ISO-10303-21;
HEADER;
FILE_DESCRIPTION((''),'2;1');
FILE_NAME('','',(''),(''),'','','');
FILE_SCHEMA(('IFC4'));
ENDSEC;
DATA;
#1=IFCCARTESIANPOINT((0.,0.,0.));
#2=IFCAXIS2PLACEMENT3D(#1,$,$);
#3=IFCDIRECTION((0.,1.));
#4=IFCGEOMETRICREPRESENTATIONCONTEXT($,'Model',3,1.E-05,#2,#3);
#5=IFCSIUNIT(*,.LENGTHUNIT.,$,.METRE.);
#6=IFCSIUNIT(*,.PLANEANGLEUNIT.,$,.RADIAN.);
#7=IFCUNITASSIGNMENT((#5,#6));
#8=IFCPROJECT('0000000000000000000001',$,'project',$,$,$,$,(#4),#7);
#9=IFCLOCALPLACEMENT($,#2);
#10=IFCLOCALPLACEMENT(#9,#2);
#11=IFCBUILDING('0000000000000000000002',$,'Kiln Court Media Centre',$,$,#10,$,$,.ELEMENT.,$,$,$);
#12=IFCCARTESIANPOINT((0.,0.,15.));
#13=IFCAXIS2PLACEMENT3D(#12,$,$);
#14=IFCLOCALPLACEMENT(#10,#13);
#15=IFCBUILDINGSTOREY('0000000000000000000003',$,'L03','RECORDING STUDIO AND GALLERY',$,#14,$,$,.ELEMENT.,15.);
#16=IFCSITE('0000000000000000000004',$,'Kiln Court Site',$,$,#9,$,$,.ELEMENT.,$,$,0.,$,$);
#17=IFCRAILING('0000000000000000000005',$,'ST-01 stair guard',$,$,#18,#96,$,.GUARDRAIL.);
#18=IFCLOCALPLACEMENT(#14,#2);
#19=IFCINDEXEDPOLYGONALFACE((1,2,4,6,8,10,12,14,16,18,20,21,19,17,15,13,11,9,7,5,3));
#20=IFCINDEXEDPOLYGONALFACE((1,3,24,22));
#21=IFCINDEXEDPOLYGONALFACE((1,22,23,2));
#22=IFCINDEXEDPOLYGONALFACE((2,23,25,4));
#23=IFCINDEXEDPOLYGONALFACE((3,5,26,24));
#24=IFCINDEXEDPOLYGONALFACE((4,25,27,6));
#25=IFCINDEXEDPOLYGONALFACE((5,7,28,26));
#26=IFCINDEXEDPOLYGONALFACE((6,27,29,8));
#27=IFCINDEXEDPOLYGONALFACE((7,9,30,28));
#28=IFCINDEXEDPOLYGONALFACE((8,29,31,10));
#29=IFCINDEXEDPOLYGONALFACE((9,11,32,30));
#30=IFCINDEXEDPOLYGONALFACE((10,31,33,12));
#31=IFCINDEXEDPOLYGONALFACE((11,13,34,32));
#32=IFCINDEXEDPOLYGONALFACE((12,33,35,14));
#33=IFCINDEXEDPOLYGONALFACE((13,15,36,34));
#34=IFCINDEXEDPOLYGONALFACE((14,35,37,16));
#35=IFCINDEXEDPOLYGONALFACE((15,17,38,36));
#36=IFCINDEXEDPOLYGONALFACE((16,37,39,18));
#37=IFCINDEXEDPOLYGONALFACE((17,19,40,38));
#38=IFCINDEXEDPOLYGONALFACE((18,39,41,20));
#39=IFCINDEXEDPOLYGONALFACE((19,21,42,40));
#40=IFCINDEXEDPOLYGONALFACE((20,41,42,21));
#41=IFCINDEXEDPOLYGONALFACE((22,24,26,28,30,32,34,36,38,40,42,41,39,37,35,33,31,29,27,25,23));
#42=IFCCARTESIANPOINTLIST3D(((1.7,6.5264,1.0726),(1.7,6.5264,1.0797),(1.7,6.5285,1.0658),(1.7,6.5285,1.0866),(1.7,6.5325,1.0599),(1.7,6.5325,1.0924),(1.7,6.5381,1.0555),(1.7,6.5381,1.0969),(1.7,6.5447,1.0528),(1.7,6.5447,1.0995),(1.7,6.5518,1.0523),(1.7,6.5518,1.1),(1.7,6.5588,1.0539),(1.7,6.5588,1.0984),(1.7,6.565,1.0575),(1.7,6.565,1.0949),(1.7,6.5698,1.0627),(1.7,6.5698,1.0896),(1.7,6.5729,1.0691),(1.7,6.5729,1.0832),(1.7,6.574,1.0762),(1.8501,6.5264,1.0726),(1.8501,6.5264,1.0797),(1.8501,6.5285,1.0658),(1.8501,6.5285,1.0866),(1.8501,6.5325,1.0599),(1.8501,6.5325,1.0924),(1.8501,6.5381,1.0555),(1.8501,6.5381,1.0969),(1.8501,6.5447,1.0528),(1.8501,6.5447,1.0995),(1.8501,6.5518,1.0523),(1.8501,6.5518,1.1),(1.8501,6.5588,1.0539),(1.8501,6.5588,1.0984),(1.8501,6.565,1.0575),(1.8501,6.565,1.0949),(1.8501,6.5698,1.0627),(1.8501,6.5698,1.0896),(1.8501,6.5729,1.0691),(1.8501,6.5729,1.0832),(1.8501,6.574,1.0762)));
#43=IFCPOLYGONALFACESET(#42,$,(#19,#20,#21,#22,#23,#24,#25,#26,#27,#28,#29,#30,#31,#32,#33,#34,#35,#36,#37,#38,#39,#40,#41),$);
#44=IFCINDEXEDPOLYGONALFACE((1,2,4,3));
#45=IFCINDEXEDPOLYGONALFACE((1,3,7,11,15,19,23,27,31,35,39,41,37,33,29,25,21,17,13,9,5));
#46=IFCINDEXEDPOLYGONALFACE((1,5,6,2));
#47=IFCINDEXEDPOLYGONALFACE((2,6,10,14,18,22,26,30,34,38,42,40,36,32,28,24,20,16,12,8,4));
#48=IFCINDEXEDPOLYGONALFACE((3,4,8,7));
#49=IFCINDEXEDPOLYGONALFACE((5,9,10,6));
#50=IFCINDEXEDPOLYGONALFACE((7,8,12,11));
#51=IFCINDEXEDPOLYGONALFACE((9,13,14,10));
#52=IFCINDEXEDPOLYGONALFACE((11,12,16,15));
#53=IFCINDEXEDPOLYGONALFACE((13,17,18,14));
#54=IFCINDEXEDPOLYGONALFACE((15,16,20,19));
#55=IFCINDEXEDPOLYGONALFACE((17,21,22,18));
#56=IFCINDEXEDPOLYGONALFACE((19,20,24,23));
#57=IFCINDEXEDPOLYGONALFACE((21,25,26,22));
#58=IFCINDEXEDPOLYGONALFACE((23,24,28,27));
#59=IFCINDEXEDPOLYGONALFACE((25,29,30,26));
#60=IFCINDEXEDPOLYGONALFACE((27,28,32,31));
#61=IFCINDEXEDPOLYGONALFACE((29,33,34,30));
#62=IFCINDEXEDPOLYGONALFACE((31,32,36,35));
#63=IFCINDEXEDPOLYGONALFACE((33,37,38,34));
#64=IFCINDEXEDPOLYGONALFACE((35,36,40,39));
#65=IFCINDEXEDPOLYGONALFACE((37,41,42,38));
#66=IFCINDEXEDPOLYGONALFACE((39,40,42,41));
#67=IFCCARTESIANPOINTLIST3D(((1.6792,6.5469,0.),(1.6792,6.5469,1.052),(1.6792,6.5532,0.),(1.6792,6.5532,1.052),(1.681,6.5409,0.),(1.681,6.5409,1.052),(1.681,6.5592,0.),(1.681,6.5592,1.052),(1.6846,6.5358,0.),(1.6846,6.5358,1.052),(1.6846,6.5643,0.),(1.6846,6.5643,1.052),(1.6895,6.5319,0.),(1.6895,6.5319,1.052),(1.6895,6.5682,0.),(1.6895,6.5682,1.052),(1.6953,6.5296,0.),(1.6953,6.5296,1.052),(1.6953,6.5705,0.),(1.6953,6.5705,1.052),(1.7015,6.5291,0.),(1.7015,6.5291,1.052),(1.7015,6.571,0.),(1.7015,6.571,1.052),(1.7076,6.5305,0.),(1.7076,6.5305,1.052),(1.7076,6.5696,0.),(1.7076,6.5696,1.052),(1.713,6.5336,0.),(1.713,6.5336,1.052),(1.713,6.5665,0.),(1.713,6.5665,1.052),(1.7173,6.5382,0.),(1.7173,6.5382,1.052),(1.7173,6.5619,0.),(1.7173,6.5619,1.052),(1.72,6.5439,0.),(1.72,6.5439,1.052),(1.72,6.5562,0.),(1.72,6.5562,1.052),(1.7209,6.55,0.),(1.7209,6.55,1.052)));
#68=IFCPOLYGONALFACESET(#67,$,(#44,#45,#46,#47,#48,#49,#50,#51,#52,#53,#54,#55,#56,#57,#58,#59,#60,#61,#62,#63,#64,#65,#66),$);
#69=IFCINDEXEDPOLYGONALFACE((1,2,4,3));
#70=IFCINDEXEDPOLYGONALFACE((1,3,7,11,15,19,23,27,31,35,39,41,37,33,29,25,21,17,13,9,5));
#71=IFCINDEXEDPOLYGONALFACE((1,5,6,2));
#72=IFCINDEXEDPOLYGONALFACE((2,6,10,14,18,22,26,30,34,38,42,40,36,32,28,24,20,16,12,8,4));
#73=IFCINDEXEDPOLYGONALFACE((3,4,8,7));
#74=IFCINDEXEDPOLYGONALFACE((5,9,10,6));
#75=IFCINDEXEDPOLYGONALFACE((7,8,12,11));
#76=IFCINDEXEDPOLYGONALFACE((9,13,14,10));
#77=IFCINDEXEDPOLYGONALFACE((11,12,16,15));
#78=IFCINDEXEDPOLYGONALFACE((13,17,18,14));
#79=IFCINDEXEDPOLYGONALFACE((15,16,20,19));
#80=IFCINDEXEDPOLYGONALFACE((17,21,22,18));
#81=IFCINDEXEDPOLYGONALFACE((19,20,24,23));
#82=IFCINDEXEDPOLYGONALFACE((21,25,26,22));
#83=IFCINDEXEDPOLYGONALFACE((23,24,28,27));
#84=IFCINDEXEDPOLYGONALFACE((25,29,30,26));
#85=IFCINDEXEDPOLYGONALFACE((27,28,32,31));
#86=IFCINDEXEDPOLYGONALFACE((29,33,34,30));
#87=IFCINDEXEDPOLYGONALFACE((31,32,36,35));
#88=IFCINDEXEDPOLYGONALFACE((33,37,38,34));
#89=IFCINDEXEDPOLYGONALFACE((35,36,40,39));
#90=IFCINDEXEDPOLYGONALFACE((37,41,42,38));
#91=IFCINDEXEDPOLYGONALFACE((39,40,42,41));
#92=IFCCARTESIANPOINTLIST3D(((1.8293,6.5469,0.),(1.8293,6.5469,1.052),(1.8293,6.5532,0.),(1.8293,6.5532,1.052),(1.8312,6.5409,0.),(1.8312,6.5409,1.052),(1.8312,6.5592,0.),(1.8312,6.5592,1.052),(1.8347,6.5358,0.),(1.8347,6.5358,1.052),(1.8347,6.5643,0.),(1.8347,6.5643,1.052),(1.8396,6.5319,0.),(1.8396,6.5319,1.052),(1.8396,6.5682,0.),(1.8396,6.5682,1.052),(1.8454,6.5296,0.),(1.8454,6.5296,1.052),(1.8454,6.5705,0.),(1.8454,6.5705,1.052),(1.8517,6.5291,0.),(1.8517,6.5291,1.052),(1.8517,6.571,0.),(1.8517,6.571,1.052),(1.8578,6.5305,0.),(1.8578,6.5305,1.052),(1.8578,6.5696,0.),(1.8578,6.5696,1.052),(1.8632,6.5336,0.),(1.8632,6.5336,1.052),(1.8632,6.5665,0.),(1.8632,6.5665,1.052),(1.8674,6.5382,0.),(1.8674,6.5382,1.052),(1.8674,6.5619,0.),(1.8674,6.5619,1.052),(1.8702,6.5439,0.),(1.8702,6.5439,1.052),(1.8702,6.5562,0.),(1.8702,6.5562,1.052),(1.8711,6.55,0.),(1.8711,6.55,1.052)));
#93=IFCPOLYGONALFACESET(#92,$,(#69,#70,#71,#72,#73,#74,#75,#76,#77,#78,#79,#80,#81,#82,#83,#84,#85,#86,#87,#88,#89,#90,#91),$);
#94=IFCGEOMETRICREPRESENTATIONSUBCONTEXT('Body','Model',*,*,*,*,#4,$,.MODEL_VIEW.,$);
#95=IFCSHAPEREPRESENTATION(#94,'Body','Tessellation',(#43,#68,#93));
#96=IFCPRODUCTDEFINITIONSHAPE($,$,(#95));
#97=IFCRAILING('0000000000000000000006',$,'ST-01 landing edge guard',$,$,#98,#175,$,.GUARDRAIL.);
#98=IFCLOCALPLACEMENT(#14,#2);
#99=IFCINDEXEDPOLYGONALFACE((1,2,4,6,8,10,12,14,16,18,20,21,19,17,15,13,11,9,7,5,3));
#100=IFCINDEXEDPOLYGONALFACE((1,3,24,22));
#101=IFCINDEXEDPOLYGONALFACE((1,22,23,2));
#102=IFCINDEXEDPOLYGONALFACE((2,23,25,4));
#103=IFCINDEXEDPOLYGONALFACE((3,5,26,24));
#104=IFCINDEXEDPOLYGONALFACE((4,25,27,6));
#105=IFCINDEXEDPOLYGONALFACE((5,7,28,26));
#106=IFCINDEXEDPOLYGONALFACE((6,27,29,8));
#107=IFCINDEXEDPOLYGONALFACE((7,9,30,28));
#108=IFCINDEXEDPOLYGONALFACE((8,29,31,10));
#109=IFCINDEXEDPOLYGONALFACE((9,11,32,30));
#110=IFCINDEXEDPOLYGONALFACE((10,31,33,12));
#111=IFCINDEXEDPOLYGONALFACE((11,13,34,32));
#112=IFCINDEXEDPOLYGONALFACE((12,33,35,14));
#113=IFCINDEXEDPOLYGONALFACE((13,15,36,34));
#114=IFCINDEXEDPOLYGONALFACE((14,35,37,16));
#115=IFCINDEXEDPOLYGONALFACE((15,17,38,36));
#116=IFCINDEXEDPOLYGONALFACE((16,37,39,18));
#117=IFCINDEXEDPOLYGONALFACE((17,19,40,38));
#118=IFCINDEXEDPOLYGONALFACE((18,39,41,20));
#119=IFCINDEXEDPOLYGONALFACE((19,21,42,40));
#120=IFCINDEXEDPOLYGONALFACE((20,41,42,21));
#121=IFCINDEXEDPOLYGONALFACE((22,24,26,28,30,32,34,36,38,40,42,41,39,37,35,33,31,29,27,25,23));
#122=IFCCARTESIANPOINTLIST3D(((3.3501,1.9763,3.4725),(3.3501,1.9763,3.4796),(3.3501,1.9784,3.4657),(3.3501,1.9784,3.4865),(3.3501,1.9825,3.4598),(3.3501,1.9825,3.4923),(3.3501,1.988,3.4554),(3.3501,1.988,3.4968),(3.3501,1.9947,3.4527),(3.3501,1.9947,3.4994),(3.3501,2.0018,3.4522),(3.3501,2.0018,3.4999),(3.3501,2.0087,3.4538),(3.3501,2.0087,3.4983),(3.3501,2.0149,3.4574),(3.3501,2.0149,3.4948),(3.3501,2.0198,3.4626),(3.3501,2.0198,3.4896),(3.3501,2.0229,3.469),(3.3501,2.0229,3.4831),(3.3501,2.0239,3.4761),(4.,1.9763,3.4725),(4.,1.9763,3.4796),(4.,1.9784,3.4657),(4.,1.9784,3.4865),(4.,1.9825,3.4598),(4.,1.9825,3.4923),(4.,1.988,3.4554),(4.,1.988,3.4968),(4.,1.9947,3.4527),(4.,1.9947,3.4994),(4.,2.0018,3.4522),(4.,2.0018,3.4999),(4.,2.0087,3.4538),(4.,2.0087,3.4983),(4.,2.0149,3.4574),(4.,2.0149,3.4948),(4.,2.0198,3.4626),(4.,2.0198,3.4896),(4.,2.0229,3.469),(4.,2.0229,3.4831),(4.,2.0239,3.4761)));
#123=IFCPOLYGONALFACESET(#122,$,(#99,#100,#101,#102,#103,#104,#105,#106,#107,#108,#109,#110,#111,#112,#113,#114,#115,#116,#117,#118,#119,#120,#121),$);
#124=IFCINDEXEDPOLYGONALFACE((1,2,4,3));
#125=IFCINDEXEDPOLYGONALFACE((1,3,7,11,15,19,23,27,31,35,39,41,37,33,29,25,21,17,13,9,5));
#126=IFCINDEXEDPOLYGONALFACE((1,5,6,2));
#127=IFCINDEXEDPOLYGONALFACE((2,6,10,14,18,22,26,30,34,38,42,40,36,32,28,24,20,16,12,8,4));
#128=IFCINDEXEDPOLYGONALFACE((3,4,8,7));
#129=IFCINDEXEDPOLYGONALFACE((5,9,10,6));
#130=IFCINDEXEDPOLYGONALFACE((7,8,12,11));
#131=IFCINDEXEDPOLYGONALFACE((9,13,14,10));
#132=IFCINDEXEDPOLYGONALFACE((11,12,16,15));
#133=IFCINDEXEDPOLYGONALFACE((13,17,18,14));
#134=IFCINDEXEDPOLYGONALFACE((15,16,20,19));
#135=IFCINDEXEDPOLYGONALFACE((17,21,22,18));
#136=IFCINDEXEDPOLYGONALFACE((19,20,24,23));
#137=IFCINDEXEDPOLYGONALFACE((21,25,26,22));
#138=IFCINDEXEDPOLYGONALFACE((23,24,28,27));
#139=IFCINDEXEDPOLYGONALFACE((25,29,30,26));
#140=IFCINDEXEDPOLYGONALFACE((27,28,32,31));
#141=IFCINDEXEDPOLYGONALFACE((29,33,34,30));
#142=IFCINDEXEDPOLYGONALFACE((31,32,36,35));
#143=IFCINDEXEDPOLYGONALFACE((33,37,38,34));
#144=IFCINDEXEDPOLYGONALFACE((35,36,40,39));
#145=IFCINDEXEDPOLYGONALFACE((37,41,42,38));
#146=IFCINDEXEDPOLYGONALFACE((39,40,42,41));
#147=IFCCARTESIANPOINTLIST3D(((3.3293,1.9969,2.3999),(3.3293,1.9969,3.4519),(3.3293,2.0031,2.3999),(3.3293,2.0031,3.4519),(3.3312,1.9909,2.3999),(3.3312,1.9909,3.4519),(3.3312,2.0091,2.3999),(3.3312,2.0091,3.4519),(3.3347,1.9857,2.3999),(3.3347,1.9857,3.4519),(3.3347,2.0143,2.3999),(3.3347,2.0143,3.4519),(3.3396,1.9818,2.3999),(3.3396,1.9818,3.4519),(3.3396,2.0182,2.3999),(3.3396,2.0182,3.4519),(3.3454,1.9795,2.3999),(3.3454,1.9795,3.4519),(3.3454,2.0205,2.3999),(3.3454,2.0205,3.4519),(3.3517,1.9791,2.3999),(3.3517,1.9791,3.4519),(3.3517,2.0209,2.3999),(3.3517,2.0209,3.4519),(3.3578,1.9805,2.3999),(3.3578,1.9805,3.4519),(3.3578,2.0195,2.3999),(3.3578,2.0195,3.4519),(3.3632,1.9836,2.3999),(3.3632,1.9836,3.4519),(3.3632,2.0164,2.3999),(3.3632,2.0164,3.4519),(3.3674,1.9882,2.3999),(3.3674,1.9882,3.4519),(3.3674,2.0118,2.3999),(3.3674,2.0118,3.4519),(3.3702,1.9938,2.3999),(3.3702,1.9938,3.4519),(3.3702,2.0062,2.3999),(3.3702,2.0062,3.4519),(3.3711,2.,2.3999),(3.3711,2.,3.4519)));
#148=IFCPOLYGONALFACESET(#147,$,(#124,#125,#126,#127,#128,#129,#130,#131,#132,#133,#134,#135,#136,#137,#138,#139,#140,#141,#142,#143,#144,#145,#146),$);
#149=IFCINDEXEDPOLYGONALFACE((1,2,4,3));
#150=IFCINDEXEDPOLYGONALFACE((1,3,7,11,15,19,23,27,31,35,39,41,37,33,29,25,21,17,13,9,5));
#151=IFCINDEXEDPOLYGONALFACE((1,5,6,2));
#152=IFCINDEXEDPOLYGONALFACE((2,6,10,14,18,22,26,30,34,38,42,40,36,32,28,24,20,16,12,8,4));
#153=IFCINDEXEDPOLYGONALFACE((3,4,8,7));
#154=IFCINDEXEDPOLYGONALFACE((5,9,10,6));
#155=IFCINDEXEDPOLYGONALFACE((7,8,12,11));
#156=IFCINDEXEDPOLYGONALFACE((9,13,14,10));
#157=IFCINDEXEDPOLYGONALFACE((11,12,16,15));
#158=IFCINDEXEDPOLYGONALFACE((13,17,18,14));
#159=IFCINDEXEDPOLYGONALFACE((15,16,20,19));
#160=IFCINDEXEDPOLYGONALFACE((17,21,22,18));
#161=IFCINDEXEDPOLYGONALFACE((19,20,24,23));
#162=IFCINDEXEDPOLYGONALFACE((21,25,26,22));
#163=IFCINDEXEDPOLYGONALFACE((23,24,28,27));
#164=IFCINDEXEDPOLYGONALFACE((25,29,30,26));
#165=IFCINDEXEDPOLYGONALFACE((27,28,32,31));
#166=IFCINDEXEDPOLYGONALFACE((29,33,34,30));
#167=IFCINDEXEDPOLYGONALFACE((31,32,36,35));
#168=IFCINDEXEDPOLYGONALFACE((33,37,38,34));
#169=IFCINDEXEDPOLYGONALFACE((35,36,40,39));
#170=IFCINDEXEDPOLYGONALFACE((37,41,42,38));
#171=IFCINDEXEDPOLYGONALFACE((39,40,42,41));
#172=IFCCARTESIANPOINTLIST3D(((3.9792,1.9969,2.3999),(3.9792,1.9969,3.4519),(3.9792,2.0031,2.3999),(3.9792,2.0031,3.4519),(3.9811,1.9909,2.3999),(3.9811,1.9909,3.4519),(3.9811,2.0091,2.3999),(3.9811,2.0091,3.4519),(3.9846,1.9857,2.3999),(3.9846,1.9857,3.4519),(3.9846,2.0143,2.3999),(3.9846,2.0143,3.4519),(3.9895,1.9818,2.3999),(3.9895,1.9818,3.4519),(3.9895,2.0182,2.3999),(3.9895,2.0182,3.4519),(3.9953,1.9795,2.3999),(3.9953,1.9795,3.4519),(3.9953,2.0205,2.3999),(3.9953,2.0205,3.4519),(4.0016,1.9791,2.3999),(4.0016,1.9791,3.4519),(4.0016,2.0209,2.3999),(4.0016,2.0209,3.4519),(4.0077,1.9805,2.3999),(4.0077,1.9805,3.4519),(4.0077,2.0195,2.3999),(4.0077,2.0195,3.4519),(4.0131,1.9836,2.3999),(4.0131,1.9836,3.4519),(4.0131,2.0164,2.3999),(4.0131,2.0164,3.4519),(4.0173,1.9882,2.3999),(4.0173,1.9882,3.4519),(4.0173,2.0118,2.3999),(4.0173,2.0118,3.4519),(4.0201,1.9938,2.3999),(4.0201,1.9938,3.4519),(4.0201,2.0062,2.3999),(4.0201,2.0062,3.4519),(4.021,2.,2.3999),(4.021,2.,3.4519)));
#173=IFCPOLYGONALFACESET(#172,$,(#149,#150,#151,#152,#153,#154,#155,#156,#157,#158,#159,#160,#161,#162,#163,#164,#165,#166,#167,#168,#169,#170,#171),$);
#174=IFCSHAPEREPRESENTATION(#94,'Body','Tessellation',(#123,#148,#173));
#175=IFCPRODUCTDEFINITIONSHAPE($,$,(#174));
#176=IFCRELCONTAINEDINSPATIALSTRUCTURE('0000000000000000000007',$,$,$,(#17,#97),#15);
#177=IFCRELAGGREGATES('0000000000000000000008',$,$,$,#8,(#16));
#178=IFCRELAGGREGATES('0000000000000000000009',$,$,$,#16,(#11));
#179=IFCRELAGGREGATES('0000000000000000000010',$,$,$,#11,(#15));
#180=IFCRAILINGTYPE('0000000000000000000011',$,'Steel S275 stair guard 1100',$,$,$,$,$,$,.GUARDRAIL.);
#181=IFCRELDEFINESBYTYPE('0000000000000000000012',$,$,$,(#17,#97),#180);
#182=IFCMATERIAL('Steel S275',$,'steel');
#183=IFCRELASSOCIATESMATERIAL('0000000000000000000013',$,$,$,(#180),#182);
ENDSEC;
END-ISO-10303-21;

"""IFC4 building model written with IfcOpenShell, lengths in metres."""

from ifc_helpers import new_model, si_unit, direction, frame, origin, origin_2d, place, context, subcontext, project, spatial, circle, extrude, material, type_object, element, save


model = new_model("IFC4")

# Units and contexts
model_context = context("Model", 3, precision=1e-05, world=origin(), true_north=direction((0.0, 1.0)))
body_context = subcontext(model_context, "Body", "Model", "MODEL_VIEW")
ifc_project = project(units=[si_unit("LENGTHUNIT", "METRE"), si_unit("PLANEANGLEUNIT", "RADIAN")], contexts=[model_context])

# Site, building, storey
site_placement = place(None, origin())
site = spatial("IfcSite", under=ifc_project, at=site_placement, Name="Kiln Court Site", CompositionType="ELEMENT", RefElevation=0.0)
building_placement = place(site_placement, origin())
building = spatial("IfcBuilding", under=site, at=building_placement, Name="Kiln Court Media Centre", CompositionType="ELEMENT")
storey_placement = place(building_placement, frame((0.0, 0.0, 15.0)))
storey = spatial("IfcBuildingStorey", under=building, at=storey_placement, Name="L03", Description="RECORDING STUDIO AND GALLERY", CompositionType="ELEMENT", Elevation=15.0)

# Railings
ifc_material_1 = material(Name="Steel S275", Category="steel")
railing_type_1 = type_object("IfcRailingType", Name="Steel S275 stair guard 1100", PredefinedType="GUARDRAIL", material=ifc_material_1)
railing_1_placement = place(storey_placement, frame((1.7, 6.55, 0.0)))
element("IfcRailing", 1, at=railing_1_placement, inside=storey, type_object=railing_type_1, Name="ST-01 stair guard", PredefinedType="GUARDRAIL", context=body_context, shape_type="SweptSolid", body=[
    extrude(circle(Radius=0.0239, at=origin_2d()), frame((0.0, 0.0, 1.0762), z_axis=(1.0, 0.0, 0.0), x_axis=(0.0, 1.0, 0.0)), (0.0, 0.0, 1.0), 0.1501),
    extrude(circle(Radius=0.021, at=origin_2d()), origin(), (0.0, 0.0, 1.0), 1.052),
    extrude(circle(Radius=0.021, at=origin_2d()), frame((0.1501, 0.0, 0.0)), (0.0, 0.0, 1.0), 1.052),
])
for number, where, name in (
    (2, (3.3501, 2.0, 2.3999), "ST-01 landing edge guard"),
):
    element("IfcRailing", number, at=place(storey_placement, frame(where)), inside=storey, type_object=railing_type_1, Name=name, PredefinedType="GUARDRAIL", context=body_context, shape_type="SweptSolid", body=[
        extrude(circle(Radius=0.0239, at=origin_2d()), frame((0.0, 0.0, 1.0762), z_axis=(1.0, 0.0, 0.0), x_axis=(0.0, 1.0, 0.0)), (0.0, 0.0, 1.0), 0.6499),
        extrude(circle(Radius=0.021, at=origin_2d()), origin(), (0.0, 0.0, 1.0), 1.052),
        extrude(circle(Radius=0.021, at=origin_2d()), frame((0.6499, 0.0, 0.0)), (0.0, 0.0, 1.0), 1.052),
    ])

save(model, "model.ifc")
